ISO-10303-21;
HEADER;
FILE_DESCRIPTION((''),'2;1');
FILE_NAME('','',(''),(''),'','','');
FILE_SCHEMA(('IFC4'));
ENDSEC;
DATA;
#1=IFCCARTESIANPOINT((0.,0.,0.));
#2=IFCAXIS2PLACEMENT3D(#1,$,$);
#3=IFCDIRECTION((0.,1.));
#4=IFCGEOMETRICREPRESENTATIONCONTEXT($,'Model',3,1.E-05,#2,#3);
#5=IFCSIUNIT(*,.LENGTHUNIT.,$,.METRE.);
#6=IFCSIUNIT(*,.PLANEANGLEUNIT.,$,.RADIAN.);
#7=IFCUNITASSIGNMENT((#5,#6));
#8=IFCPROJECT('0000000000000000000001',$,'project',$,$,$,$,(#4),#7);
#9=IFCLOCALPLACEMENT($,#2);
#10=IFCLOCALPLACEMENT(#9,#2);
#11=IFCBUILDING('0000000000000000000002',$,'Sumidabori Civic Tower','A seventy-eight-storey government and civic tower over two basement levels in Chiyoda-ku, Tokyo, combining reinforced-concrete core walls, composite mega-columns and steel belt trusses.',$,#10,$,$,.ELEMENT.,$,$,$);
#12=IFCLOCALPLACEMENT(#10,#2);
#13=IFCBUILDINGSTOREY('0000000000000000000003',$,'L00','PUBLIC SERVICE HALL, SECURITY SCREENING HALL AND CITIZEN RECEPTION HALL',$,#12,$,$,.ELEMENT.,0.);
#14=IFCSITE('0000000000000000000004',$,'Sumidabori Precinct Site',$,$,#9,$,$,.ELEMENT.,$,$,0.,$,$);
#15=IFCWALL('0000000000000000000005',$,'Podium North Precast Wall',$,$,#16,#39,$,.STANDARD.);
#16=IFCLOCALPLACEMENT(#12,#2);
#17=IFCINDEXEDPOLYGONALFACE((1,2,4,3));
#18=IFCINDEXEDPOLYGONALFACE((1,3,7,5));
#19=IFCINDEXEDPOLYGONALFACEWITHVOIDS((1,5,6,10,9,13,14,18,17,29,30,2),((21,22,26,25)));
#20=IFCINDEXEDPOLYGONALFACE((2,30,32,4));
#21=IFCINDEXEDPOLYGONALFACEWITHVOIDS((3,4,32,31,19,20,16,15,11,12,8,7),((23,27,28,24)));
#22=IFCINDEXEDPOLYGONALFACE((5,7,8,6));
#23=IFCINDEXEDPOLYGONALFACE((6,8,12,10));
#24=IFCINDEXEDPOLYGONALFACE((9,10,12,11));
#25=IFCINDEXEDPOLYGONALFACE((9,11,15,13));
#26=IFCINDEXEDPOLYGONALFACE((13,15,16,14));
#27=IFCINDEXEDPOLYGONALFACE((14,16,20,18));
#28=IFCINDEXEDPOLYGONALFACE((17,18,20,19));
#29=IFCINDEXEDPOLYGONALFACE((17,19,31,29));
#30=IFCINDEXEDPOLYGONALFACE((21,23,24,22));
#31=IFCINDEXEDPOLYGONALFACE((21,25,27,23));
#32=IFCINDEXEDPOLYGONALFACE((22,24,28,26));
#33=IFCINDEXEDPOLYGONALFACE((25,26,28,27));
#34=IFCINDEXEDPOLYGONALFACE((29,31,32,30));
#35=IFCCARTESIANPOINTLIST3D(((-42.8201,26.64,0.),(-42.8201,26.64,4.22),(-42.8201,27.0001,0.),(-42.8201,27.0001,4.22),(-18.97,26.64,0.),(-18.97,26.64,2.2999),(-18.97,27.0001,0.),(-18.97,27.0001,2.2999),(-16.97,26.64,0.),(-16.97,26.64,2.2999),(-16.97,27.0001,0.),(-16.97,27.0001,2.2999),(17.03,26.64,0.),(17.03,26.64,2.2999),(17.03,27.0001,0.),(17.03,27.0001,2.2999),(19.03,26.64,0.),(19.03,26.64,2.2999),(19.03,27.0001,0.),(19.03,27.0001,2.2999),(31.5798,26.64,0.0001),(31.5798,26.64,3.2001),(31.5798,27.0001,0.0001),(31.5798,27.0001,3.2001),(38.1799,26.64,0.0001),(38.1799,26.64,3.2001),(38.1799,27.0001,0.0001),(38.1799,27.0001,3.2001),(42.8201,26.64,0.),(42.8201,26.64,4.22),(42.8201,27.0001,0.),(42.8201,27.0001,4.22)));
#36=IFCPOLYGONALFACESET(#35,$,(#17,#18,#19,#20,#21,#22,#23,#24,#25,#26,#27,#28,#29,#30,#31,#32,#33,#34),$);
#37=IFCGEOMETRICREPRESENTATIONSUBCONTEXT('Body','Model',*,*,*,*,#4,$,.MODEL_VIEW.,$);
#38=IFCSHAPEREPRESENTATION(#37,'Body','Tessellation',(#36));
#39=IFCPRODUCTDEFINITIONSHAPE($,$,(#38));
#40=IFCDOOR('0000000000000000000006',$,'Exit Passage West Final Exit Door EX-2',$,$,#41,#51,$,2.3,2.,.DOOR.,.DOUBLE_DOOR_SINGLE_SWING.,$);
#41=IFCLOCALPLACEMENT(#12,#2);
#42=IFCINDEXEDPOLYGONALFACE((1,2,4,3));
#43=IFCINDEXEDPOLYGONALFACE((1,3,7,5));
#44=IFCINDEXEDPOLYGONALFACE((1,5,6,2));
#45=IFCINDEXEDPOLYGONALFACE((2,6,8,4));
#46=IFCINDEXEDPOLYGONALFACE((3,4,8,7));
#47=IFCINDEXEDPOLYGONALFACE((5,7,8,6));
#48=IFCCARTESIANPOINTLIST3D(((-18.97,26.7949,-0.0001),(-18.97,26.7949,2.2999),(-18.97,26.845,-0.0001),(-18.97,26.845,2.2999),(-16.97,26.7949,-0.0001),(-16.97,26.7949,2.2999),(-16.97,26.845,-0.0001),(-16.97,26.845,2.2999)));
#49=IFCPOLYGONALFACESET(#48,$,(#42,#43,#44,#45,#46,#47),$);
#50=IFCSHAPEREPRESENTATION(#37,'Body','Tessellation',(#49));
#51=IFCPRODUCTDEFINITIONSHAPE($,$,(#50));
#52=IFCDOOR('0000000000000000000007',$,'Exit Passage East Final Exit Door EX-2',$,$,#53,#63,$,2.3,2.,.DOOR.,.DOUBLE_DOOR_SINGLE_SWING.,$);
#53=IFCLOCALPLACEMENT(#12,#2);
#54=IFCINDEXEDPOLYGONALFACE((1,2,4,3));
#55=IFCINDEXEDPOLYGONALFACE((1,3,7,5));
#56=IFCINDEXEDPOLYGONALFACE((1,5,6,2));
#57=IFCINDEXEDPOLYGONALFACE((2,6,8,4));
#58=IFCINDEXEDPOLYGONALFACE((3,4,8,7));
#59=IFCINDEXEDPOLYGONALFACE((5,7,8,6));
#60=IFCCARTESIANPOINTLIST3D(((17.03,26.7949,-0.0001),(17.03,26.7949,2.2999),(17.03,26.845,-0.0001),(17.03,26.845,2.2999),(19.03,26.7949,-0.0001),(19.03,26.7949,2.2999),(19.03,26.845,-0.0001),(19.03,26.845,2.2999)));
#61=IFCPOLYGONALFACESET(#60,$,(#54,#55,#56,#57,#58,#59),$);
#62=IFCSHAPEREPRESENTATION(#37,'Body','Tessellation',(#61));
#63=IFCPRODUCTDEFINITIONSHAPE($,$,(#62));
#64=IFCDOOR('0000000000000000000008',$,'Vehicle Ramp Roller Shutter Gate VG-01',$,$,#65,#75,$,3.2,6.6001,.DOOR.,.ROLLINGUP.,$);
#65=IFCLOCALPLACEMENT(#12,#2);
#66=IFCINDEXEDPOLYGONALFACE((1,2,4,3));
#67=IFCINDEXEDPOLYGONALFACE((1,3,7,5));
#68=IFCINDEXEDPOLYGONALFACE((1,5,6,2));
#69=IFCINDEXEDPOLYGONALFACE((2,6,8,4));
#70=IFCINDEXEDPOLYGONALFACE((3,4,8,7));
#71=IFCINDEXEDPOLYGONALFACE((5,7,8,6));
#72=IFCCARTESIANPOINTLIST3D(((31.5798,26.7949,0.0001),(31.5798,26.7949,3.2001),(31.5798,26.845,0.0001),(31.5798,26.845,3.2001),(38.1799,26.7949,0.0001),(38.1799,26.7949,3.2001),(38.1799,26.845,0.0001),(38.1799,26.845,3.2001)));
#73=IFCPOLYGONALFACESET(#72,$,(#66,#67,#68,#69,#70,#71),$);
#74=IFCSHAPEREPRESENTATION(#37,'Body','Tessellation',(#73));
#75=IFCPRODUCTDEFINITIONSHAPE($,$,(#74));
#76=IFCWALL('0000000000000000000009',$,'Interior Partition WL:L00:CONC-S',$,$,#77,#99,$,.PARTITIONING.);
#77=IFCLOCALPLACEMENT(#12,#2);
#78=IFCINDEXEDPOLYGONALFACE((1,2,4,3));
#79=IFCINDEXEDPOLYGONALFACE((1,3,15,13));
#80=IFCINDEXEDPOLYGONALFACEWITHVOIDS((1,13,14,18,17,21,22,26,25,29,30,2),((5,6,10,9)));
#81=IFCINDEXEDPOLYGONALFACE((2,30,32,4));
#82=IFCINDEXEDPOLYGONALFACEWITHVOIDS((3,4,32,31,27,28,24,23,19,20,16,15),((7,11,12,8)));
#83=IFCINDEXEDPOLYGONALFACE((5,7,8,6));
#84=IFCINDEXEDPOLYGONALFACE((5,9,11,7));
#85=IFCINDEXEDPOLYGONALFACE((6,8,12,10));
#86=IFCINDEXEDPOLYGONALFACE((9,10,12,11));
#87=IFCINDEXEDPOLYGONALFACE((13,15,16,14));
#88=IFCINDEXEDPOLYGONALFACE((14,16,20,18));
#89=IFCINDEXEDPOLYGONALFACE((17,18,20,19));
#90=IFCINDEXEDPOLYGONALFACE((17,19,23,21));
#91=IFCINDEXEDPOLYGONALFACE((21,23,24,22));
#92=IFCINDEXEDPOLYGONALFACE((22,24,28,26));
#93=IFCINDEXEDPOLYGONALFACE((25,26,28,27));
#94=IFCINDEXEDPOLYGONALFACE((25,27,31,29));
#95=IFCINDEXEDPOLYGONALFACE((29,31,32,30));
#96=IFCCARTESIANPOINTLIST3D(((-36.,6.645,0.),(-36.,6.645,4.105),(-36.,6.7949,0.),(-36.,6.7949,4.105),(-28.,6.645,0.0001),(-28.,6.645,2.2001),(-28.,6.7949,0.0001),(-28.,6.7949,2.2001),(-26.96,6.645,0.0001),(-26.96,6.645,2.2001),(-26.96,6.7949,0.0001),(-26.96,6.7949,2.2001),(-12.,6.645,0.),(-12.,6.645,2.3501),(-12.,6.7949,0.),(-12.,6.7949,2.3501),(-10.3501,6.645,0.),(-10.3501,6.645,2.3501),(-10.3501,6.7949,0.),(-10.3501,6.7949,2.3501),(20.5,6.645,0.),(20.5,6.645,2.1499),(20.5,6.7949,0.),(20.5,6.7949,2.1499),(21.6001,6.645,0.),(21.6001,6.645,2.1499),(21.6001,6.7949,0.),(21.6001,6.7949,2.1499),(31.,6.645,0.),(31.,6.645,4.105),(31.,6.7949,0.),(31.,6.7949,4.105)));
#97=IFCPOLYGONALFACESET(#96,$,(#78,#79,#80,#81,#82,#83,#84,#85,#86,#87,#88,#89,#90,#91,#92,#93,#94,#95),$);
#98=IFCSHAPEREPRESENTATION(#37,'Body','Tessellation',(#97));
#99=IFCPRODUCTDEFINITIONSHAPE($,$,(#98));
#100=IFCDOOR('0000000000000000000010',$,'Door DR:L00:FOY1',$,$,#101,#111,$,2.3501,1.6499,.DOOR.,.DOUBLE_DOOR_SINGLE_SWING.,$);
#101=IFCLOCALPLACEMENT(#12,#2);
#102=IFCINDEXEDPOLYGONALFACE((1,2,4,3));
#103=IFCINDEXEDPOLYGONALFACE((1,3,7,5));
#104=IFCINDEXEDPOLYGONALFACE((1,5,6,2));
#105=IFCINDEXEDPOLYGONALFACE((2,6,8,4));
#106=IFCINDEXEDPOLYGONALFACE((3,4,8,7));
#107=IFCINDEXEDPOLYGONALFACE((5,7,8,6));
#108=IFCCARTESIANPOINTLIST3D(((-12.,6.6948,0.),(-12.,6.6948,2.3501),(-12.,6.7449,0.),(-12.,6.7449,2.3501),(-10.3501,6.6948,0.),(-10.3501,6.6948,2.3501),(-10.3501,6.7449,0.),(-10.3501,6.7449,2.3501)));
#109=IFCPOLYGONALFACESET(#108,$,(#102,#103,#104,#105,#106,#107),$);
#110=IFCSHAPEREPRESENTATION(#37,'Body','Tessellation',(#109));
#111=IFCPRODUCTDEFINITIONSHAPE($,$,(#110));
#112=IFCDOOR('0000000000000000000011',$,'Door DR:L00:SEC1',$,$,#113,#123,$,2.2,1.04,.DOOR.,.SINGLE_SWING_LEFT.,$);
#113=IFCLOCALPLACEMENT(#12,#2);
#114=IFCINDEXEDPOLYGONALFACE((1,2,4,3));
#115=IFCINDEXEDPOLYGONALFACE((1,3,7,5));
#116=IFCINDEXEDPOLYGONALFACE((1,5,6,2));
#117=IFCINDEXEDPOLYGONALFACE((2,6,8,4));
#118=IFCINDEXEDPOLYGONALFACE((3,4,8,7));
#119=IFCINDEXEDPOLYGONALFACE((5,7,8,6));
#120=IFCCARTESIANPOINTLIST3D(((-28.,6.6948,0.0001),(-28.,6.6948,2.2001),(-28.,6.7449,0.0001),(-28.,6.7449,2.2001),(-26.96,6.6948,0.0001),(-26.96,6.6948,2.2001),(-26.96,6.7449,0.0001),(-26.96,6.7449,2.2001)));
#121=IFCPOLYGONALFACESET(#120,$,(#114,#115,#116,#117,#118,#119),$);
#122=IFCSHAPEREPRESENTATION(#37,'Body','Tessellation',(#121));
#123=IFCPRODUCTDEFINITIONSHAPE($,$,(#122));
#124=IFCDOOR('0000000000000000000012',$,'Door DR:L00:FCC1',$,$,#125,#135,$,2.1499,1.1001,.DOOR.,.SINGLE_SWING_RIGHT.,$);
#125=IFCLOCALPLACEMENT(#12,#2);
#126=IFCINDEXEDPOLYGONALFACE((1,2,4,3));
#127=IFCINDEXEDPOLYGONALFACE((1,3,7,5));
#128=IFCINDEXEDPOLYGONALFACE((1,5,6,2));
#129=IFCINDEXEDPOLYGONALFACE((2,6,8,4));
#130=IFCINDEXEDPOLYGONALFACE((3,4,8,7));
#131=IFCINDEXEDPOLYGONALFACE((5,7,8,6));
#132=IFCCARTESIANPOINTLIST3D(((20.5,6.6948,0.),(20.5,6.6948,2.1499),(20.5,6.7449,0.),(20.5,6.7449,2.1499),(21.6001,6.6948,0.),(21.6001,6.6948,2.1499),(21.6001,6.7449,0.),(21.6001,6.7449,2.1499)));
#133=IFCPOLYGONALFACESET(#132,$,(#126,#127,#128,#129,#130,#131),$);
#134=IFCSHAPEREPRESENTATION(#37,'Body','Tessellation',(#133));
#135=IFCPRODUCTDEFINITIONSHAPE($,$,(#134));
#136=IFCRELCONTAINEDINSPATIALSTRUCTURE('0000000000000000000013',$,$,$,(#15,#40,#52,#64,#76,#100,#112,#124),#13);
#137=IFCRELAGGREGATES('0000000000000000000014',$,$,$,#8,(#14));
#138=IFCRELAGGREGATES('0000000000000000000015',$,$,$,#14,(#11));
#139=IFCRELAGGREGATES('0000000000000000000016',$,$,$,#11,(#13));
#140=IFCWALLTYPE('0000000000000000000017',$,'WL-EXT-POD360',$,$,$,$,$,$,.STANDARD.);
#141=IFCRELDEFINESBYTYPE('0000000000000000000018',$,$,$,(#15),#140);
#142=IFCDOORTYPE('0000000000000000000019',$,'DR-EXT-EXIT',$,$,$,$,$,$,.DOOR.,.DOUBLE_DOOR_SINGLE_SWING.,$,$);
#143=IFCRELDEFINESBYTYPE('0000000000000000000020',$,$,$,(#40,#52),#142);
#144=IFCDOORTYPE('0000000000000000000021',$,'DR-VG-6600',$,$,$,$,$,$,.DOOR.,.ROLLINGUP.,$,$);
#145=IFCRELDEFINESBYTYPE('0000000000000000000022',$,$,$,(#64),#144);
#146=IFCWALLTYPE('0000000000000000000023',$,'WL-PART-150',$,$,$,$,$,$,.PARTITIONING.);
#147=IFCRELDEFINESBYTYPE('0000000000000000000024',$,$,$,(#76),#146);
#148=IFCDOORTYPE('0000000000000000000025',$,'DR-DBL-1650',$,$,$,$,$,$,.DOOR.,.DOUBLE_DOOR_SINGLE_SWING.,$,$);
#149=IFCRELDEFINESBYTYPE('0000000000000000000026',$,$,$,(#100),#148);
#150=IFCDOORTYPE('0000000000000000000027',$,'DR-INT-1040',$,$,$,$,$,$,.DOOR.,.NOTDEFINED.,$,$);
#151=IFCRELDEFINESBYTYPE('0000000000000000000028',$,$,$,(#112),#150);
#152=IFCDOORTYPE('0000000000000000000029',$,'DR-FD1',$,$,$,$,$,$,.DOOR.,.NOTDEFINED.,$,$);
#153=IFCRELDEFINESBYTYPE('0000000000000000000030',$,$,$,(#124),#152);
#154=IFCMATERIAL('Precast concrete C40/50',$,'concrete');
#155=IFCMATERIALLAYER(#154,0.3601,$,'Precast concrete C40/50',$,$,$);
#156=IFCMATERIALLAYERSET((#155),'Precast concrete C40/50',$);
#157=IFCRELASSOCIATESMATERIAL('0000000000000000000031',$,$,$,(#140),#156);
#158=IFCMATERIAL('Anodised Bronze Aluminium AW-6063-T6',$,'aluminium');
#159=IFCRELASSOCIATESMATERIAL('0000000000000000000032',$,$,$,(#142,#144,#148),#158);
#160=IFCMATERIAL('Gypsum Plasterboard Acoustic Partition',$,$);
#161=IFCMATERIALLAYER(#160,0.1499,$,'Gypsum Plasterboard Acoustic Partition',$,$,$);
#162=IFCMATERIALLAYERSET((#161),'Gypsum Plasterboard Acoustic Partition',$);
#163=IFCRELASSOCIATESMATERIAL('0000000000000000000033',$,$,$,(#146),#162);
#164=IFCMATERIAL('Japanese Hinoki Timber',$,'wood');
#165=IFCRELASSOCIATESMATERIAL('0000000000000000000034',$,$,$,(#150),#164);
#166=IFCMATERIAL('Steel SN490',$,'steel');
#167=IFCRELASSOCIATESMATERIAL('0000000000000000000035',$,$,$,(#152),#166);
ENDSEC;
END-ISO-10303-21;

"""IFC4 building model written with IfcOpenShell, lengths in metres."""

from ifc_helpers import new_model, si_unit, direction, frame, frame_2d, origin, place, context, subcontext, project, spatial, rectangle, extrude, source, transform, mapped, material, layer, layer_set, type_object, element, fill, save


model = new_model("IFC4")

# Units and contexts
model_context = context("Model", 3, precision=1e-05, world=origin(), true_north=direction((0.0, 1.0)))
body_context = subcontext(model_context, "Body", "Model", "MODEL_VIEW")
ifc_project = project(units=[si_unit("LENGTHUNIT", "METRE"), si_unit("PLANEANGLEUNIT", "RADIAN")], contexts=[model_context])

# Site, building, storey
site_placement = place(None, origin())
site = spatial("IfcSite", under=ifc_project, at=site_placement, Name="Sumidabori Precinct Site", CompositionType="ELEMENT", RefElevation=0.0)
building_placement = place(site_placement, origin())
building = spatial("IfcBuilding", under=site, at=building_placement, Name="Sumidabori Civic Tower", Description="A seventy-eight-storey government and civic tower over two basement levels in Chiyoda-ku, Tokyo, combining reinforced-concrete core walls, composite mega-columns and steel belt trusses.", CompositionType="ELEMENT")
storey_placement = place(building_placement, origin())
storey = spatial("IfcBuildingStorey", under=building, at=storey_placement, Name="L00", Description="PUBLIC SERVICE HALL, SECURITY SCREENING HALL AND CITIZEN RECEPTION HALL", CompositionType="ELEMENT", Elevation=0.0)

# Shared definitions
ifc_material_1 = material(Name="Steel SN490", Category="steel")

# Walls, openings, doors
ifc_material_2 = material(Name="Precast concrete C40/50", Category="concrete")
ifc_layer_1 = layer(ifc_material_2, 0.3601, Name="Precast concrete C40/50")
ifc_layer_set_1 = layer_set([ifc_layer_1], Name="Precast concrete C40/50")
wall_type_1 = type_object("IfcWallType", Name="WL-EXT-POD360", PredefinedType="STANDARD", material=ifc_layer_set_1)
shared_shape_1 = source(origin(), body_context, "Body", "SweptSolid", [
    extrude(rectangle(XDim=85.6401, YDim=0.3601, at=frame_2d((42.8201, 0.0))), origin(), (0.0, 0.0, 1.0), 4.22),
])
wall_1_placement = place(storey_placement, frame((-42.8201, 26.8201, 0.0), z_axis=(0.0, 0.0, 1.0), x_axis=(1.0, 0.0, 0.0)))
wall_1 = element("IfcWall", 1, at=wall_1_placement, inside=storey, type_object=wall_type_1, Name="Podium North Precast Wall", PredefinedType="STANDARD", context=body_context, shape_type="MappedRepresentation", body=[
    mapped(shared_shape_1, transform((0.0, 0.0, 0.0), x_axis=(1.0, 0.0, 0.0), y_axis=(0.0, 1.0, 0.0), z_axis=(0.0, 0.0, 1.0), scale=1.0)),
])
opening_1_placement = place(wall_1_placement, frame((23.8501, 0.0, 0.0)))
opening_1 = element("IfcOpeningElement", 2, at=opening_1_placement, cuts=wall_1, PredefinedType="OPENING", context=body_context, shape_type="SweptSolid", body=[
    extrude(rectangle(XDim=2.0, YDim=2.3, at=frame_2d((1.0, 1.1499))), frame((0.0, 0.1919, 0.0), z_axis=(0.0, -1.0, 0.0), x_axis=(1.0, 0.0, 0.0)), (0.0, 0.0, 1.0), 0.384),
])
opening_2_placement = place(wall_1_placement, frame((59.8501, 0.0, 0.0)))
opening_2 = element("IfcOpeningElement", 3, at=opening_2_placement, cuts=wall_1, PredefinedType="OPENING", context=body_context, shape_type="SweptSolid", body=[
    extrude(rectangle(XDim=2.0, YDim=2.3, at=frame_2d((1.0, 1.1499))), frame((0.0, 0.1919, 0.0), z_axis=(0.0, -1.0, 0.0), x_axis=(1.0, 0.0, 0.0)), (0.0, 0.0, 1.0), 0.384),
])
opening_3_placement = place(wall_1_placement, frame((74.3999, 0.0, 0.0)))
opening_3 = element("IfcOpeningElement", 4, at=opening_3_placement, cuts=wall_1, PredefinedType="OPENING", context=body_context, shape_type="SweptSolid", body=[
    extrude(rectangle(XDim=6.6001, YDim=3.2, at=frame_2d((3.3, 1.6001))), frame((0.0, 0.1919, 0.0), z_axis=(0.0, -1.0, 0.0), x_axis=(1.0, 0.0, 0.0)), (0.0, 0.0, 1.0), 0.384),
])
ifc_material_3 = material(Name="Anodised Bronze Aluminium AW-6063-T6", Category="aluminium")
door_type_1 = type_object("IfcDoorType", Name="DR-EXT-EXIT", OperationType="DOUBLE_DOOR_SINGLE_SWING", PredefinedType="DOOR", material=ifc_material_3)
shared_shape_2 = source(origin(), body_context, "Body", "SweptSolid", [
    extrude(rectangle(XDim=2.0, YDim=2.3, at=frame_2d((1.0, 1.1499))), frame((0.0, 0.0249, 0.0), z_axis=(0.0, -1.0, 0.0), x_axis=(1.0, 0.0, 0.0)), (0.0, 0.0, 1.0), 0.05),
])
door_1_placement = place(opening_1_placement, origin())
door_1 = element("IfcDoor", 5, at=door_1_placement, inside=storey, type_object=door_type_1, Name="Exit Passage West Final Exit Door EX-2", OperationType="DOUBLE_DOOR_SINGLE_SWING", OverallHeight=2.3, OverallWidth=2.0, PredefinedType="DOOR", context=body_context, shape_type="MappedRepresentation", body=[
    mapped(shared_shape_2, transform((0.0, 0.0, 0.0), x_axis=(1.0, 0.0, 0.0), y_axis=(0.0, 1.0, 0.0), z_axis=(0.0, 0.0, 1.0), scale=1.0)),
])
fill(opening_1, door_1)
door_2_placement = place(opening_2_placement, origin())
door_2 = element("IfcDoor", 6, at=door_2_placement, inside=storey, type_object=door_type_1, Name="Exit Passage East Final Exit Door EX-2", OperationType="DOUBLE_DOOR_SINGLE_SWING", OverallHeight=2.3, OverallWidth=2.0, PredefinedType="DOOR", context=body_context, shape_type="MappedRepresentation", body=[
    mapped(shared_shape_2, transform((0.0, 0.0, 0.0), x_axis=(1.0, 0.0, 0.0), y_axis=(0.0, 1.0, 0.0), z_axis=(0.0, 0.0, 1.0), scale=1.0)),
])
fill(opening_2, door_2)
door_type_2 = type_object("IfcDoorType", Name="DR-VG-6600", OperationType="ROLLINGUP", PredefinedType="DOOR", material=ifc_material_3)
shared_shape_3 = source(origin(), body_context, "Body", "SweptSolid", [
    extrude(rectangle(XDim=6.6001, YDim=3.2, at=frame_2d((3.3, 1.6001))), frame((0.0, 0.0249, 0.0), z_axis=(0.0, -1.0, 0.0), x_axis=(1.0, 0.0, 0.0)), (0.0, 0.0, 1.0), 0.05),
])
door_3_placement = place(opening_3_placement, origin())
door_3 = element("IfcDoor", 7, at=door_3_placement, inside=storey, type_object=door_type_2, Name="Vehicle Ramp Roller Shutter Gate VG-01", OperationType="ROLLINGUP", OverallHeight=3.2, OverallWidth=6.6001, PredefinedType="DOOR", context=body_context, shape_type="MappedRepresentation", body=[
    mapped(shared_shape_3, transform((0.0, 0.0, 0.0), x_axis=(1.0, 0.0, 0.0), y_axis=(0.0, 1.0, 0.0), z_axis=(0.0, 0.0, 1.0), scale=1.0)),
])
fill(opening_3, door_3)
ifc_material_4 = material(Name="Gypsum Plasterboard Acoustic Partition")
ifc_layer_2 = layer(ifc_material_4, 0.1499, Name="Gypsum Plasterboard Acoustic Partition")
ifc_layer_set_2 = layer_set([ifc_layer_2], Name="Gypsum Plasterboard Acoustic Partition")
wall_type_2 = type_object("IfcWallType", Name="WL-PART-150", PredefinedType="PARTITIONING", material=ifc_layer_set_2)
shared_shape_4 = source(origin(), body_context, "Body", "SweptSolid", [
    extrude(rectangle(XDim=67.0, YDim=0.1499, at=frame_2d((33.5, 0.0))), origin(), (0.0, 0.0, 1.0), 4.105),
])
wall_2_placement = place(storey_placement, frame((-36.0, 6.72, 0.0), z_axis=(0.0, 0.0, 1.0), x_axis=(1.0, 0.0, 0.0)))
wall_2 = element("IfcWall", 8, at=wall_2_placement, inside=storey, type_object=wall_type_2, Name="Interior Partition WL:L00:CONC-S", PredefinedType="PARTITIONING", context=body_context, shape_type="MappedRepresentation", body=[
    mapped(shared_shape_4, transform((0.0, 0.0, 0.0), x_axis=(1.0, 0.0, 0.0), y_axis=(0.0, 1.0, 0.0), z_axis=(0.0, 0.0, 1.0), scale=1.0)),
])
opening_4_placement = place(wall_2_placement, frame((24.0, 0.0, 0.0)))
opening_4 = element("IfcOpeningElement", 9, at=opening_4_placement, cuts=wall_2, PredefinedType="OPENING", context=body_context, shape_type="SweptSolid", body=[
    extrude(rectangle(XDim=1.6499, YDim=2.3501, at=frame_2d((0.825, 1.175))), frame((0.0, 0.0869, 0.0), z_axis=(0.0, -1.0, 0.0), x_axis=(1.0, 0.0, 0.0)), (0.0, 0.0, 1.0), 0.1738),
])
opening_5_placement = place(wall_2_placement, frame((8.0, 0.0, 0.0)))
opening_5 = element("IfcOpeningElement", 10, at=opening_5_placement, cuts=wall_2, PredefinedType="OPENING", context=body_context, shape_type="SweptSolid", body=[
    extrude(rectangle(XDim=1.04, YDim=2.2, at=frame_2d((0.52, 1.1001))), frame((0.0, 0.0869, 0.0), z_axis=(0.0, -1.0, 0.0), x_axis=(1.0, 0.0, 0.0)), (0.0, 0.0, 1.0), 0.1738),
])
opening_6_placement = place(wall_2_placement, frame((56.5, 0.0, 0.0)))
opening_6 = element("IfcOpeningElement", 11, at=opening_6_placement, cuts=wall_2, PredefinedType="OPENING", context=body_context, shape_type="SweptSolid", body=[
    extrude(rectangle(XDim=1.1001, YDim=2.1499, at=frame_2d((0.55, 1.075))), frame((0.0, 0.0869, 0.0), z_axis=(0.0, -1.0, 0.0), x_axis=(1.0, 0.0, 0.0)), (0.0, 0.0, 1.0), 0.1738),
])
door_type_3 = type_object("IfcDoorType", Name="DR-DBL-1650", OperationType="DOUBLE_DOOR_SINGLE_SWING", PredefinedType="DOOR", material=ifc_material_3)
shared_shape_5 = source(origin(), body_context, "Body", "SweptSolid", [
    extrude(rectangle(XDim=1.6499, YDim=2.3501, at=frame_2d((0.825, 1.175))), frame((0.0, 0.0249, 0.0), z_axis=(0.0, -1.0, 0.0), x_axis=(1.0, 0.0, 0.0)), (0.0, 0.0, 1.0), 0.05),
])
door_4_placement = place(opening_4_placement, origin())
door_4 = element("IfcDoor", 12, at=door_4_placement, inside=storey, type_object=door_type_3, Name="Door DR:L00:FOY1", OperationType="DOUBLE_DOOR_SINGLE_SWING", OverallHeight=2.3501, OverallWidth=1.6499, PredefinedType="DOOR", context=body_context, shape_type="MappedRepresentation", body=[
    mapped(shared_shape_5, transform((0.0, 0.0, 0.0), x_axis=(1.0, 0.0, 0.0), y_axis=(0.0, 1.0, 0.0), z_axis=(0.0, 0.0, 1.0), scale=1.0)),
])
fill(opening_4, door_4)
ifc_material_5 = material(Name="Japanese Hinoki Timber", Category="wood")
door_type_4 = type_object("IfcDoorType", Name="DR-INT-1040", OperationType="NOTDEFINED", PredefinedType="DOOR", material=ifc_material_5)
shared_shape_6 = source(origin(), body_context, "Body", "SweptSolid", [
    extrude(rectangle(XDim=1.04, YDim=2.2, at=frame_2d((0.52, 1.1001))), frame((0.0, 0.0249, 0.0), z_axis=(0.0, -1.0, 0.0), x_axis=(1.0, 0.0, 0.0)), (0.0, 0.0, 1.0), 0.05),
])
door_5_placement = place(opening_5_placement, origin())
door_5 = element("IfcDoor", 13, at=door_5_placement, inside=storey, type_object=door_type_4, Name="Door DR:L00:SEC1", OperationType="SINGLE_SWING_LEFT", OverallHeight=2.2, OverallWidth=1.04, PredefinedType="DOOR", context=body_context, shape_type="MappedRepresentation", body=[
    mapped(shared_shape_6, transform((0.0, 0.0, 0.0), x_axis=(1.0, 0.0, 0.0), y_axis=(0.0, 1.0, 0.0), z_axis=(0.0, 0.0, 1.0), scale=1.0)),
])
fill(opening_5, door_5)
door_type_5 = type_object("IfcDoorType", Name="DR-FD1", OperationType="NOTDEFINED", PredefinedType="DOOR", material=ifc_material_1)
shared_shape_7 = source(origin(), body_context, "Body", "SweptSolid", [
    extrude(rectangle(XDim=1.1001, YDim=2.1499, at=frame_2d((0.55, 1.075))), frame((0.0, 0.0249, 0.0), z_axis=(0.0, -1.0, 0.0), x_axis=(1.0, 0.0, 0.0)), (0.0, 0.0, 1.0), 0.05),
])
door_6_placement = place(opening_6_placement, origin())
door_6 = element("IfcDoor", 14, at=door_6_placement, inside=storey, type_object=door_type_5, Name="Door DR:L00:FCC1", OperationType="SINGLE_SWING_RIGHT", OverallHeight=2.1499, OverallWidth=1.1001, PredefinedType="DOOR", context=body_context, shape_type="MappedRepresentation", body=[
    mapped(shared_shape_7, transform((0.0, 0.0, 0.0), x_axis=(1.0, 0.0, 0.0), y_axis=(0.0, 1.0, 0.0), z_axis=(0.0, 0.0, 1.0), scale=1.0)),
])
fill(opening_6, door_6)

save(model, "model.ifc")
